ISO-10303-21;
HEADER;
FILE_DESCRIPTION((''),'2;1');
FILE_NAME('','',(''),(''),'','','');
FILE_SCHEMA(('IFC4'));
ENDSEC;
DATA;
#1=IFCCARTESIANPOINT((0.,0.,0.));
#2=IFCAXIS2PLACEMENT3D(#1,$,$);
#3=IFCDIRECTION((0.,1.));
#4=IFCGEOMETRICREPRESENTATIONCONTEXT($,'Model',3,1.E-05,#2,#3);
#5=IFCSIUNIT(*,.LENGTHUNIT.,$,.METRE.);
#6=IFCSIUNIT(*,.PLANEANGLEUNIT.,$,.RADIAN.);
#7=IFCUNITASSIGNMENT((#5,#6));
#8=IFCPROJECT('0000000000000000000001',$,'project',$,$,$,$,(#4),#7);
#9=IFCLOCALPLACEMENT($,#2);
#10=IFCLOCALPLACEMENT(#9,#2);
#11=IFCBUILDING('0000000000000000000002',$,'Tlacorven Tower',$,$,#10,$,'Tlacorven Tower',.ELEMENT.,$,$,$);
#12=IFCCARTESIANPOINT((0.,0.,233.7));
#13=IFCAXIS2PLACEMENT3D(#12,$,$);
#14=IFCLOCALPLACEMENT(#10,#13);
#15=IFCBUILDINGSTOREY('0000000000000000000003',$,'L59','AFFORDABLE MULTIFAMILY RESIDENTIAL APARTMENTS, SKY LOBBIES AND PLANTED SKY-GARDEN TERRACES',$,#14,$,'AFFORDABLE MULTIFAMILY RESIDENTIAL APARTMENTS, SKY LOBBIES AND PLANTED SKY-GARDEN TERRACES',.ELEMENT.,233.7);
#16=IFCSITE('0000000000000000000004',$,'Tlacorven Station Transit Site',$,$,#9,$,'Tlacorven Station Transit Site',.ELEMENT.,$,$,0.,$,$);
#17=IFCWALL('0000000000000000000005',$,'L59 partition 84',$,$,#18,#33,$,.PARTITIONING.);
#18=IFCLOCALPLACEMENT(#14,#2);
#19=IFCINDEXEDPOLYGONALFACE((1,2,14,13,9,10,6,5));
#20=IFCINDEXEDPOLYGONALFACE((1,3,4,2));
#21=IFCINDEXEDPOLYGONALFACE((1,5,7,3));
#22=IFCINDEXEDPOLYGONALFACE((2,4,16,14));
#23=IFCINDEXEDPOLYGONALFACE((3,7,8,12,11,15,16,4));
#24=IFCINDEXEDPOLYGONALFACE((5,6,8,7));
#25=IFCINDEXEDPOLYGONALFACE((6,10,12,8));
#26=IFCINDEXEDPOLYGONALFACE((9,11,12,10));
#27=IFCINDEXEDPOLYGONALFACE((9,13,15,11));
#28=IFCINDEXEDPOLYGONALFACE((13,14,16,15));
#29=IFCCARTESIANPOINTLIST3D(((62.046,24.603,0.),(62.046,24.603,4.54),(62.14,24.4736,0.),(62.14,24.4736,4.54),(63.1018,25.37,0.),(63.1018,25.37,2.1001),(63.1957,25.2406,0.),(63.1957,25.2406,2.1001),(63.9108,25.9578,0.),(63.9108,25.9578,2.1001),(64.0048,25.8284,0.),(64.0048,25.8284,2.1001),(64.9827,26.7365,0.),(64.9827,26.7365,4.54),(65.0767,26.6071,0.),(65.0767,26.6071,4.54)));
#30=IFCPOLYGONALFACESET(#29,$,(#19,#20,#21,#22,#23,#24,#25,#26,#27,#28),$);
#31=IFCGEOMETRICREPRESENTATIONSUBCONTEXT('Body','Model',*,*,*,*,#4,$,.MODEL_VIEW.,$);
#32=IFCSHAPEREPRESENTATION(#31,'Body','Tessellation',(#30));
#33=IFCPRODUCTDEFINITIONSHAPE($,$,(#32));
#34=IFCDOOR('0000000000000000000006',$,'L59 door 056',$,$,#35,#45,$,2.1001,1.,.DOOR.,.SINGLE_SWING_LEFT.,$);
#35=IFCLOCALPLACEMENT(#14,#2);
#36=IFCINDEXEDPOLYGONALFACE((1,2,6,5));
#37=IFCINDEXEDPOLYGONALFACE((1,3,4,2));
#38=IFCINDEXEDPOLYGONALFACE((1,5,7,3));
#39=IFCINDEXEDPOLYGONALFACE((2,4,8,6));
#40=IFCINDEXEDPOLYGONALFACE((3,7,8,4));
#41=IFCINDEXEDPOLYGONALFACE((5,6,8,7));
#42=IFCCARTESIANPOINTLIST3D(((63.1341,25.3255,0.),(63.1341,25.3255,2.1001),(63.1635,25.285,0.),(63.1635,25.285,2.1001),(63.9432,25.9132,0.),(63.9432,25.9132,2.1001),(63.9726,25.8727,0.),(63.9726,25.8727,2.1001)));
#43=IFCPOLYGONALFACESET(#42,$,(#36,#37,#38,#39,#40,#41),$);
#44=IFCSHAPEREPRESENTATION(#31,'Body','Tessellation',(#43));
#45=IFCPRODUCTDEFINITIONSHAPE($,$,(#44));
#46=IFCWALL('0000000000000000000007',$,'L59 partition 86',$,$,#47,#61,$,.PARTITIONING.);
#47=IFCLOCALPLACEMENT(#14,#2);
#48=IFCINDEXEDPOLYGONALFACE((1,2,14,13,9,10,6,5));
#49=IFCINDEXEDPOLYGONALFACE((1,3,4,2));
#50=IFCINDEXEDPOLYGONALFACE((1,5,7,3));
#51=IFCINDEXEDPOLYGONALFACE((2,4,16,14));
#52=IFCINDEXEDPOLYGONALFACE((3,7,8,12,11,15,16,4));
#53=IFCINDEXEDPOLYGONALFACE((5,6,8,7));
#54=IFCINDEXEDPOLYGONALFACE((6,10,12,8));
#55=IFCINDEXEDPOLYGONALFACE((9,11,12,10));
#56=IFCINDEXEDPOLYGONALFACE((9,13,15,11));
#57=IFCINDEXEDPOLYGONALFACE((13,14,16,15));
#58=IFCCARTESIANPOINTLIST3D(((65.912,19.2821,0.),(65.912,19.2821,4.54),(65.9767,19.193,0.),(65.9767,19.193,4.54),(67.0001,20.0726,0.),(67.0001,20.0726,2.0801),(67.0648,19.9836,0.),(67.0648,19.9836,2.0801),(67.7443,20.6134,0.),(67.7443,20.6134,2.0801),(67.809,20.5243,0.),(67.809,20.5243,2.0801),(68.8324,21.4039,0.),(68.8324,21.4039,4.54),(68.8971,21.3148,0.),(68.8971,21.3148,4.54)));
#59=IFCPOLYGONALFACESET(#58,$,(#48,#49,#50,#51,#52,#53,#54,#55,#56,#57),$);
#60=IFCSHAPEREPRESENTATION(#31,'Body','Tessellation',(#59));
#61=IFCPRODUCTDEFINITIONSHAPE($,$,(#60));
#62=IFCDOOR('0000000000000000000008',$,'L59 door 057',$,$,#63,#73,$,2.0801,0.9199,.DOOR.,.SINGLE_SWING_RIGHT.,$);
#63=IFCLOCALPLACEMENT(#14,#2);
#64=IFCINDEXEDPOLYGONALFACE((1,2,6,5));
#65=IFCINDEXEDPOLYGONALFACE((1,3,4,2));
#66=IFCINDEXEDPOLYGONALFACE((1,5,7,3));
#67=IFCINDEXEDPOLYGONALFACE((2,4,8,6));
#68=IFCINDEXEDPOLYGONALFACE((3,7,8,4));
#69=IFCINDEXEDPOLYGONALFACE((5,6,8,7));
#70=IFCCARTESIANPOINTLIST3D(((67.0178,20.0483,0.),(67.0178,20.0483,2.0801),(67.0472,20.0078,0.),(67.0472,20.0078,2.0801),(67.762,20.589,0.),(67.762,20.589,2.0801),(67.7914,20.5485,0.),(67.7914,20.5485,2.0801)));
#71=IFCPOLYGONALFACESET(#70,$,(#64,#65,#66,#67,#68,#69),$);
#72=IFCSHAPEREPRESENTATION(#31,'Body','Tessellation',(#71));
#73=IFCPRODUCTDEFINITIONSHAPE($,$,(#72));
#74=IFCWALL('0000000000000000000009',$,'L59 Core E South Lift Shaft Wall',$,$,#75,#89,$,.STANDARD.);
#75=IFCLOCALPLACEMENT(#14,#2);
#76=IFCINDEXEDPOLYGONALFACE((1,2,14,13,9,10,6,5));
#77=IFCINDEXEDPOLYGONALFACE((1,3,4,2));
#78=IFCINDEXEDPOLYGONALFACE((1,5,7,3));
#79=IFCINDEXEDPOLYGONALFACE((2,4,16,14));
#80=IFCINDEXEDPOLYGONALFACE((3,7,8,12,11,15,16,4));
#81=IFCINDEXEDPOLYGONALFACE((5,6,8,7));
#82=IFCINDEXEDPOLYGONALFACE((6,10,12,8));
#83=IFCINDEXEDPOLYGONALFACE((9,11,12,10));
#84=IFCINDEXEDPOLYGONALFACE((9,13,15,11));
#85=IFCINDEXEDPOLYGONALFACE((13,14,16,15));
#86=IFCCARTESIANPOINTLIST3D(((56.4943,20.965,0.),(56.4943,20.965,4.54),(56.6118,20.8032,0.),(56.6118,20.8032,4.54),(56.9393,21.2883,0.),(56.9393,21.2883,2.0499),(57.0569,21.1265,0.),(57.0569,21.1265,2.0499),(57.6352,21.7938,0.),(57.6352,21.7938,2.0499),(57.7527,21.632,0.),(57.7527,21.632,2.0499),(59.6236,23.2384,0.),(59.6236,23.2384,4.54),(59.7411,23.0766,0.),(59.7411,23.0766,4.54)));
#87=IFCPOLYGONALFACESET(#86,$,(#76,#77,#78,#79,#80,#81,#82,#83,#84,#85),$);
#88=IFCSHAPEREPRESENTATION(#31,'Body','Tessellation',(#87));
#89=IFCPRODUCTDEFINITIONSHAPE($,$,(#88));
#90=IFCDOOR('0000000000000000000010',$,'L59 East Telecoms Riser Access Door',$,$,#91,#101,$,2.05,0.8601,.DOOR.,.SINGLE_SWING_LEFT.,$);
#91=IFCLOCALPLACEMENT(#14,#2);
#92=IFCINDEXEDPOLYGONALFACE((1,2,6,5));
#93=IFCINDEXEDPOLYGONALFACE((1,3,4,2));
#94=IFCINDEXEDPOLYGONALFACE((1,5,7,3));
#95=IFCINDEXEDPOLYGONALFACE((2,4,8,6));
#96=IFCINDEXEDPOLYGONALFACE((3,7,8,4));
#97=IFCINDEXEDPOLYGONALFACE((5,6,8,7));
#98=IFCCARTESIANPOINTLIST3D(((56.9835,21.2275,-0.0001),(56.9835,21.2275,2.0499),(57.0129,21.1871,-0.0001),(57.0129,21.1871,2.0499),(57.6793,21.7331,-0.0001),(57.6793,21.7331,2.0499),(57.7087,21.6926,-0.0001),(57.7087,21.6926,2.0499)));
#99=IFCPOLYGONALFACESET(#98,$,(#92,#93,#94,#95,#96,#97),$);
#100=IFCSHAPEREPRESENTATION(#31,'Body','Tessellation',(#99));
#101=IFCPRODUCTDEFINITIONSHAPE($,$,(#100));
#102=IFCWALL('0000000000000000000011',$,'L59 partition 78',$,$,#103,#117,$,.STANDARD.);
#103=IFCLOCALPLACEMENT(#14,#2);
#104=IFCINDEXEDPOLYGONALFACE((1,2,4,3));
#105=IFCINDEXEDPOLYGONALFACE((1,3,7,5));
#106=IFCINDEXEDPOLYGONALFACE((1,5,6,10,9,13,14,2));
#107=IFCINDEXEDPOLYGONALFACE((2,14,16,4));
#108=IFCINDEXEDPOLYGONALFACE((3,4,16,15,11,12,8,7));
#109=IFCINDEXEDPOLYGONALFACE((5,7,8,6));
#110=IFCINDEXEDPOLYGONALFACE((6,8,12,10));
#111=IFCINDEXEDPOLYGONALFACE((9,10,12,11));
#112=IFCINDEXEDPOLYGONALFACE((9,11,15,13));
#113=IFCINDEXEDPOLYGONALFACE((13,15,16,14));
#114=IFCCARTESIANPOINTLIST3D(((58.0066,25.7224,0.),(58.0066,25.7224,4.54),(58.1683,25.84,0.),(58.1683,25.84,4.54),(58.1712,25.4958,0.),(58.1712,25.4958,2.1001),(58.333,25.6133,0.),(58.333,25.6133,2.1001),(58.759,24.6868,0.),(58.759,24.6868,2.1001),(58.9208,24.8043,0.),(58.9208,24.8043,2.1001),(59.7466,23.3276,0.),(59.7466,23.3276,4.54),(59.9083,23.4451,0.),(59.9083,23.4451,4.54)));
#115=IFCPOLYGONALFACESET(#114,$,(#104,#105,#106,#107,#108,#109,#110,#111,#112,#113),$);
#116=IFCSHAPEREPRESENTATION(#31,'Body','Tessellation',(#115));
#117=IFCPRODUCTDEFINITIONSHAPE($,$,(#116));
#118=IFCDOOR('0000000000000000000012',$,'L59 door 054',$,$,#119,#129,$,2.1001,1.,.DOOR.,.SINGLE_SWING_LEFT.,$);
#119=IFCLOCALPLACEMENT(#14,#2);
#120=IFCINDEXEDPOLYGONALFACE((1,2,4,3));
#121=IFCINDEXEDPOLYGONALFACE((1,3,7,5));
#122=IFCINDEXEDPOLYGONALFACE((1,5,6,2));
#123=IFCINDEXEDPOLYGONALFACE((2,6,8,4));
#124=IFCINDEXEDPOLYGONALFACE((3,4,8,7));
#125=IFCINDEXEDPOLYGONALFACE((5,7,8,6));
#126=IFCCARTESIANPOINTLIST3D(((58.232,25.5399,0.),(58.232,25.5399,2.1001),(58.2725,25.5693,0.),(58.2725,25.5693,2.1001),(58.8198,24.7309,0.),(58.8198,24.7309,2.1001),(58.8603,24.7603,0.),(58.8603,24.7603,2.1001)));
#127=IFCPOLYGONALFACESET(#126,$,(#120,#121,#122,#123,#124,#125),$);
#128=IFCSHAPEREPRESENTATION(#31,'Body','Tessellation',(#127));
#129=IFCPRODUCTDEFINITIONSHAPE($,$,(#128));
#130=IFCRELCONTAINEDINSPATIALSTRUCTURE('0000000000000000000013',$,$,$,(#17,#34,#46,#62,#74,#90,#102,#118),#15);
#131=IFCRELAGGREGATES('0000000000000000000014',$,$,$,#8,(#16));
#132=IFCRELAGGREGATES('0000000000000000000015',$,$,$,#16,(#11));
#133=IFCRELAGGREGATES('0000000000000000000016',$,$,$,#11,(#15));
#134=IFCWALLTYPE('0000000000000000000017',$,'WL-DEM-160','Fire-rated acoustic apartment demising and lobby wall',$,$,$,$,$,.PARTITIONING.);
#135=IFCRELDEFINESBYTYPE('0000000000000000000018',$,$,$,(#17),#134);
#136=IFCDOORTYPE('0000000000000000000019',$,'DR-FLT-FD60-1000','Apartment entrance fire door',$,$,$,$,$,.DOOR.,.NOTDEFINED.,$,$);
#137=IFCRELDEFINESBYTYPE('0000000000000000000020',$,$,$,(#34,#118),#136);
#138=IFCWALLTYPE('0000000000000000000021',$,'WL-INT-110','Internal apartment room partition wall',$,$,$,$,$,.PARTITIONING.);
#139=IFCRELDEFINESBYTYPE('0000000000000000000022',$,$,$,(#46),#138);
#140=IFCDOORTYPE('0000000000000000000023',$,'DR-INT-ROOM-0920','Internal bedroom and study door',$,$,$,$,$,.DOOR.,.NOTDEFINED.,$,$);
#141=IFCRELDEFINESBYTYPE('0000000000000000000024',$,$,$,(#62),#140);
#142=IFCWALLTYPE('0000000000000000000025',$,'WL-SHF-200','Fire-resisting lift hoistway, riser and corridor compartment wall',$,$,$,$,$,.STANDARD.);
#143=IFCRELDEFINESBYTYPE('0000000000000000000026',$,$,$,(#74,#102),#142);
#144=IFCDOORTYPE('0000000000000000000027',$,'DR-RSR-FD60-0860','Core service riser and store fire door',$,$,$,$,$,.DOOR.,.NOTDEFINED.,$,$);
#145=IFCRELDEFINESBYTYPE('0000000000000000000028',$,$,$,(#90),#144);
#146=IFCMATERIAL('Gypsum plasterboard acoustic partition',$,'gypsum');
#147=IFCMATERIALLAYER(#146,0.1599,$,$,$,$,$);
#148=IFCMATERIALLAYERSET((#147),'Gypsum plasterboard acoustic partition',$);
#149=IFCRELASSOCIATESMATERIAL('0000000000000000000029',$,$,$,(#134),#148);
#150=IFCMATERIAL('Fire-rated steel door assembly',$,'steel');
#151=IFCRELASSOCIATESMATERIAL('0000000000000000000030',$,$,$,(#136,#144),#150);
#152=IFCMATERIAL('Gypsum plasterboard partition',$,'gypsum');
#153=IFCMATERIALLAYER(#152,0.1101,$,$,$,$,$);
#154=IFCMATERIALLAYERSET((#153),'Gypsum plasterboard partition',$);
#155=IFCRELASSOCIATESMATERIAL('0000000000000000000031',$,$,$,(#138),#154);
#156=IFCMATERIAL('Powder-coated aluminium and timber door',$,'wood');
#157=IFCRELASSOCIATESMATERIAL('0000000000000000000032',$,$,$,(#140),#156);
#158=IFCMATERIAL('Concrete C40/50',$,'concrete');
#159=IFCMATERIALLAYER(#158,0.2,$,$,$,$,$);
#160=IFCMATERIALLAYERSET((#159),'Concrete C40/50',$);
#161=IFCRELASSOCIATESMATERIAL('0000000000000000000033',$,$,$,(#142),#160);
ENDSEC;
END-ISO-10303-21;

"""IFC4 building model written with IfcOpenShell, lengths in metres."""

from ifc_helpers import new_model, si_unit, direction, frame, frame_2d, origin, place, context, subcontext, project, spatial, rectangle, extrude, source, transform, mapped, material, layer, layer_set, type_object, element, fill, save


model = new_model("IFC4")

# Units and contexts
model_context = context("Model", 3, precision=1e-05, world=origin(), true_north=direction((0.0, 1.0)))
body_context = subcontext(model_context, "Body", "Model", "MODEL_VIEW")
ifc_project = project(units=[si_unit("LENGTHUNIT", "METRE"), si_unit("PLANEANGLEUNIT", "RADIAN")], contexts=[model_context])

# Site, building, storey
site_placement = place(None, origin())
site = spatial("IfcSite", under=ifc_project, at=site_placement, Name="Tlacorven Station Transit Site", LongName="Tlacorven Station Transit Site", CompositionType="ELEMENT", RefElevation=0.0)
building_placement = place(site_placement, origin())
building = spatial("IfcBuilding", under=site, at=building_placement, Name="Tlacorven Tower", LongName="Tlacorven Tower", CompositionType="ELEMENT")
storey_placement = place(building_placement, frame((0.0, 0.0, 233.7)))
storey = spatial("IfcBuildingStorey", under=building, at=storey_placement, Name="L59", Description="AFFORDABLE MULTIFAMILY RESIDENTIAL APARTMENTS, SKY LOBBIES AND PLANTED SKY-GARDEN TERRACES", LongName="AFFORDABLE MULTIFAMILY RESIDENTIAL APARTMENTS, SKY LOBBIES AND PLANTED SKY-GARDEN TERRACES", CompositionType="ELEMENT", Elevation=233.7)

# Walls, openings, doors
ifc_material_1 = material(Name="Gypsum plasterboard acoustic partition", Category="gypsum")
ifc_layer_1 = layer(ifc_material_1, 0.1599)
ifc_layer_set_1 = layer_set([ifc_layer_1], Name="Gypsum plasterboard acoustic partition")
wall_type_1 = type_object("IfcWallType", Name="WL-DEM-160", Description="Fire-rated acoustic apartment demising and lobby wall", PredefinedType="PARTITIONING", material=ifc_layer_set_1)
wall_1_placement = place(storey_placement, frame((62.093, 24.5383, 0.0), z_axis=(0.0, 0.0, 1.0), x_axis=(0.809036, 0.58776, 0.0)))
wall_1 = element("IfcWall", 1, at=wall_1_placement, inside=storey, type_object=wall_type_1, Name="L59 partition 84", PredefinedType="PARTITIONING", context=body_context, shape_type="SweptSolid", body=[
    extrude(rectangle(XDim=3.6299, YDim=0.1599, at=frame_2d((1.8149, 0.0))), origin(), (0.0, 0.0, 1.0), 4.54),
])
opening_1_placement = place(wall_1_placement, frame((1.3049, 0.0, 0.0)))
opening_1 = element("IfcOpeningElement", 2, at=opening_1_placement, cuts=wall_1, PredefinedType="OPENING", context=body_context, shape_type="SweptSolid", body=[
    extrude(rectangle(XDim=1.0, YDim=2.1001, at=frame_2d((0.5, 1.05))), frame((0.0, 0.0898, 0.0), z_axis=(0.0, -1.0, 0.0), x_axis=(1.0, 0.0, 0.0)), (0.0, 0.0, 1.0), 0.1799),
])
ifc_material_2 = material(Name="Fire-rated steel door assembly", Category="steel")
door_type_1 = type_object("IfcDoorType", Name="DR-FLT-FD60-1000", Description="Apartment entrance fire door", OperationType="NOTDEFINED", PredefinedType="DOOR", material=ifc_material_2)
shared_shape_1 = source(origin(), body_context, "Body", "SweptSolid", [
    extrude(rectangle(XDim=1.0, YDim=2.1001, at=frame_2d((0.5, 1.05))), frame((0.0, 0.0249, 0.0), z_axis=(0.0, -1.0, 0.0), x_axis=(1.0, 0.0, 0.0)), (0.0, 0.0, 1.0), 0.05),
])
door_1_placement = place(opening_1_placement, origin())
door_1 = element("IfcDoor", 3, at=door_1_placement, inside=storey, type_object=door_type_1, Name="L59 door 056", OperationType="SINGLE_SWING_LEFT", OverallHeight=2.1001, OverallWidth=1.0, PredefinedType="DOOR", context=body_context, shape_type="MappedRepresentation", body=[
    mapped(shared_shape_1, transform((0.0, 0.0, 0.0), scale=1.0)),
])
fill(opening_1, door_1)
ifc_material_3 = material(Name="Gypsum plasterboard partition", Category="gypsum")
ifc_layer_2 = layer(ifc_material_3, 0.1101)
ifc_layer_set_2 = layer_set([ifc_layer_2], Name="Gypsum plasterboard partition")
wall_type_2 = type_object("IfcWallType", Name="WL-INT-110", Description="Internal apartment room partition wall", PredefinedType="PARTITIONING", material=ifc_layer_set_2)
wall_2_placement = place(storey_placement, frame((65.9443, 19.2375, 0.0), z_axis=(0.0, 0.0, 1.0), x_axis=(0.809014, 0.58779, 0.0)))
wall_2 = element("IfcWall", 4, at=wall_2_placement, inside=storey, type_object=wall_type_2, Name="L59 partition 86", PredefinedType="PARTITIONING", context=body_context, shape_type="SweptSolid", body=[
    extrude(rectangle(XDim=3.6099, YDim=0.1101, at=frame_2d((1.8049, 0.0))), origin(), (0.0, 0.0, 1.0), 4.54),
])
opening_2_placement = place(wall_2_placement, frame((1.345, 0.0, 0.0)))
opening_2 = element("IfcOpeningElement", 5, at=opening_2_placement, cuts=wall_2, PredefinedType="OPENING", context=body_context, shape_type="SweptSolid", body=[
    extrude(rectangle(XDim=0.9199, YDim=2.0801, at=frame_2d((0.46, 1.04))), frame((0.0, 0.0649, 0.0), z_axis=(0.0, -1.0, 0.0), x_axis=(1.0, 0.0, 0.0)), (0.0, 0.0, 1.0), 0.1301),
])
ifc_material_4 = material(Name="Powder-coated aluminium and timber door", Category="wood")
door_type_2 = type_object("IfcDoorType", Name="DR-INT-ROOM-0920", Description="Internal bedroom and study door", OperationType="NOTDEFINED", PredefinedType="DOOR", material=ifc_material_4)
shared_shape_2 = source(origin(), body_context, "Body", "SweptSolid", [
    extrude(rectangle(XDim=0.9199, YDim=2.0801, at=frame_2d((0.46, 1.04))), frame((0.0, 0.0249, 0.0), z_axis=(0.0, -1.0, 0.0), x_axis=(1.0, 0.0, 0.0)), (0.0, 0.0, 1.0), 0.05),
])
door_2_placement = place(opening_2_placement, origin())
door_2 = element("IfcDoor", 6, at=door_2_placement, inside=storey, type_object=door_type_2, Name="L59 door 057", OperationType="SINGLE_SWING_RIGHT", OverallHeight=2.0801, OverallWidth=0.9199, PredefinedType="DOOR", context=body_context, shape_type="MappedRepresentation", body=[
    mapped(shared_shape_2, transform((0.0, 0.0, 0.0), scale=1.0)),
])
fill(opening_2, door_2)
ifc_material_5 = material(Name="Concrete C40/50", Category="concrete")
ifc_layer_3 = layer(ifc_material_5, 0.2)
ifc_layer_set_3 = layer_set([ifc_layer_3], Name="Concrete C40/50")
wall_type_3 = type_object("IfcWallType", Name="WL-SHF-200", Description="Fire-resisting lift hoistway, riser and corridor compartment wall", PredefinedType="STANDARD", material=ifc_layer_set_3)
wall_3_placement = place(storey_placement, frame((56.553, 20.884, 0.0), z_axis=(0.0, 0.0, 1.0), x_axis=(0.809042, 0.587751, 0.0)))
wall_3 = element("IfcWall", 7, at=wall_3_placement, inside=storey, type_object=wall_type_3, Name="L59 Core E South Lift Shaft Wall", PredefinedType="STANDARD", context=body_context, shape_type="SweptSolid", body=[
    extrude(rectangle(XDim=3.8679, YDim=0.2, at=frame_2d((1.9341, 0.0))), origin(), (0.0, 0.0, 1.0), 4.54),
])
opening_3_placement = place(wall_3_placement, frame((0.55, 0.0, 0.0)))
opening_3 = element("IfcOpeningElement", 8, at=opening_3_placement, cuts=wall_3, PredefinedType="OPENING", context=body_context, shape_type="SweptSolid", body=[
    extrude(rectangle(XDim=0.8601, YDim=2.05, at=frame_2d((0.4302, 1.0249))), frame((0.0, 0.1099, 0.0), z_axis=(0.0, -1.0, 0.0), x_axis=(1.0, 0.0, 0.0)), (0.0, 0.0, 1.0), 0.22),
])
door_type_3 = type_object("IfcDoorType", Name="DR-RSR-FD60-0860", Description="Core service riser and store fire door", OperationType="NOTDEFINED", PredefinedType="DOOR", material=ifc_material_2)
shared_shape_3 = source(origin(), body_context, "Body", "SweptSolid", [
    extrude(rectangle(XDim=0.8601, YDim=2.05, at=frame_2d((0.4302, 1.0249))), frame((0.0, 0.0249, 0.0), z_axis=(0.0, -1.0, 0.0), x_axis=(1.0, 0.0, 0.0)), (0.0, 0.0, 1.0), 0.05),
])
door_3_placement = place(opening_3_placement, origin())
door_3 = element("IfcDoor", 9, at=door_3_placement, inside=storey, type_object=door_type_3, Name="L59 East Telecoms Riser Access Door", OperationType="SINGLE_SWING_LEFT", OverallHeight=2.05, OverallWidth=0.8601, PredefinedType="DOOR", context=body_context, shape_type="MappedRepresentation", body=[
    mapped(shared_shape_3, transform((0.0, 0.0, 0.0), scale=1.0)),
])
fill(opening_3, door_3)
wall_4_placement = place(storey_placement, frame((59.8274, 23.3865, 0.0), z_axis=(0.0, 0.0, 1.0), x_axis=(-0.587804, 0.809003, 0.0)))
wall_4 = element("IfcWall", 10, at=wall_4_placement, inside=storey, type_object=wall_type_3, Name="L59 partition 78", PredefinedType="STANDARD", context=body_context, shape_type="SweptSolid", body=[
    extrude(rectangle(XDim=2.9602, YDim=0.2, at=frame_2d((1.48, 0.0))), origin(), (0.0, 0.0, 1.0), 4.54),
])
opening_4_placement = place(wall_4_placement, frame((1.6799, 0.0, 0.0)))
opening_4 = element("IfcOpeningElement", 11, at=opening_4_placement, cuts=wall_4, PredefinedType="OPENING", context=body_context, shape_type="SweptSolid", body=[
    extrude(rectangle(XDim=1.0, YDim=2.1001, at=frame_2d((0.5, 1.05))), frame((0.0, 0.1099, 0.0), z_axis=(0.0, -1.0, 0.0), x_axis=(1.0, 0.0, 0.0)), (0.0, 0.0, 1.0), 0.22),
])
door_4_placement = place(opening_4_placement, origin())
door_4 = element("IfcDoor", 12, at=door_4_placement, inside=storey, type_object=door_type_1, Name="L59 door 054", OperationType="SINGLE_SWING_LEFT", OverallHeight=2.1001, OverallWidth=1.0, PredefinedType="DOOR", context=body_context, shape_type="MappedRepresentation", body=[
    mapped(shared_shape_1, transform((0.0, 0.0, 0.0), scale=1.0)),
])
fill(opening_4, door_4)

save(model, "model.ifc")
